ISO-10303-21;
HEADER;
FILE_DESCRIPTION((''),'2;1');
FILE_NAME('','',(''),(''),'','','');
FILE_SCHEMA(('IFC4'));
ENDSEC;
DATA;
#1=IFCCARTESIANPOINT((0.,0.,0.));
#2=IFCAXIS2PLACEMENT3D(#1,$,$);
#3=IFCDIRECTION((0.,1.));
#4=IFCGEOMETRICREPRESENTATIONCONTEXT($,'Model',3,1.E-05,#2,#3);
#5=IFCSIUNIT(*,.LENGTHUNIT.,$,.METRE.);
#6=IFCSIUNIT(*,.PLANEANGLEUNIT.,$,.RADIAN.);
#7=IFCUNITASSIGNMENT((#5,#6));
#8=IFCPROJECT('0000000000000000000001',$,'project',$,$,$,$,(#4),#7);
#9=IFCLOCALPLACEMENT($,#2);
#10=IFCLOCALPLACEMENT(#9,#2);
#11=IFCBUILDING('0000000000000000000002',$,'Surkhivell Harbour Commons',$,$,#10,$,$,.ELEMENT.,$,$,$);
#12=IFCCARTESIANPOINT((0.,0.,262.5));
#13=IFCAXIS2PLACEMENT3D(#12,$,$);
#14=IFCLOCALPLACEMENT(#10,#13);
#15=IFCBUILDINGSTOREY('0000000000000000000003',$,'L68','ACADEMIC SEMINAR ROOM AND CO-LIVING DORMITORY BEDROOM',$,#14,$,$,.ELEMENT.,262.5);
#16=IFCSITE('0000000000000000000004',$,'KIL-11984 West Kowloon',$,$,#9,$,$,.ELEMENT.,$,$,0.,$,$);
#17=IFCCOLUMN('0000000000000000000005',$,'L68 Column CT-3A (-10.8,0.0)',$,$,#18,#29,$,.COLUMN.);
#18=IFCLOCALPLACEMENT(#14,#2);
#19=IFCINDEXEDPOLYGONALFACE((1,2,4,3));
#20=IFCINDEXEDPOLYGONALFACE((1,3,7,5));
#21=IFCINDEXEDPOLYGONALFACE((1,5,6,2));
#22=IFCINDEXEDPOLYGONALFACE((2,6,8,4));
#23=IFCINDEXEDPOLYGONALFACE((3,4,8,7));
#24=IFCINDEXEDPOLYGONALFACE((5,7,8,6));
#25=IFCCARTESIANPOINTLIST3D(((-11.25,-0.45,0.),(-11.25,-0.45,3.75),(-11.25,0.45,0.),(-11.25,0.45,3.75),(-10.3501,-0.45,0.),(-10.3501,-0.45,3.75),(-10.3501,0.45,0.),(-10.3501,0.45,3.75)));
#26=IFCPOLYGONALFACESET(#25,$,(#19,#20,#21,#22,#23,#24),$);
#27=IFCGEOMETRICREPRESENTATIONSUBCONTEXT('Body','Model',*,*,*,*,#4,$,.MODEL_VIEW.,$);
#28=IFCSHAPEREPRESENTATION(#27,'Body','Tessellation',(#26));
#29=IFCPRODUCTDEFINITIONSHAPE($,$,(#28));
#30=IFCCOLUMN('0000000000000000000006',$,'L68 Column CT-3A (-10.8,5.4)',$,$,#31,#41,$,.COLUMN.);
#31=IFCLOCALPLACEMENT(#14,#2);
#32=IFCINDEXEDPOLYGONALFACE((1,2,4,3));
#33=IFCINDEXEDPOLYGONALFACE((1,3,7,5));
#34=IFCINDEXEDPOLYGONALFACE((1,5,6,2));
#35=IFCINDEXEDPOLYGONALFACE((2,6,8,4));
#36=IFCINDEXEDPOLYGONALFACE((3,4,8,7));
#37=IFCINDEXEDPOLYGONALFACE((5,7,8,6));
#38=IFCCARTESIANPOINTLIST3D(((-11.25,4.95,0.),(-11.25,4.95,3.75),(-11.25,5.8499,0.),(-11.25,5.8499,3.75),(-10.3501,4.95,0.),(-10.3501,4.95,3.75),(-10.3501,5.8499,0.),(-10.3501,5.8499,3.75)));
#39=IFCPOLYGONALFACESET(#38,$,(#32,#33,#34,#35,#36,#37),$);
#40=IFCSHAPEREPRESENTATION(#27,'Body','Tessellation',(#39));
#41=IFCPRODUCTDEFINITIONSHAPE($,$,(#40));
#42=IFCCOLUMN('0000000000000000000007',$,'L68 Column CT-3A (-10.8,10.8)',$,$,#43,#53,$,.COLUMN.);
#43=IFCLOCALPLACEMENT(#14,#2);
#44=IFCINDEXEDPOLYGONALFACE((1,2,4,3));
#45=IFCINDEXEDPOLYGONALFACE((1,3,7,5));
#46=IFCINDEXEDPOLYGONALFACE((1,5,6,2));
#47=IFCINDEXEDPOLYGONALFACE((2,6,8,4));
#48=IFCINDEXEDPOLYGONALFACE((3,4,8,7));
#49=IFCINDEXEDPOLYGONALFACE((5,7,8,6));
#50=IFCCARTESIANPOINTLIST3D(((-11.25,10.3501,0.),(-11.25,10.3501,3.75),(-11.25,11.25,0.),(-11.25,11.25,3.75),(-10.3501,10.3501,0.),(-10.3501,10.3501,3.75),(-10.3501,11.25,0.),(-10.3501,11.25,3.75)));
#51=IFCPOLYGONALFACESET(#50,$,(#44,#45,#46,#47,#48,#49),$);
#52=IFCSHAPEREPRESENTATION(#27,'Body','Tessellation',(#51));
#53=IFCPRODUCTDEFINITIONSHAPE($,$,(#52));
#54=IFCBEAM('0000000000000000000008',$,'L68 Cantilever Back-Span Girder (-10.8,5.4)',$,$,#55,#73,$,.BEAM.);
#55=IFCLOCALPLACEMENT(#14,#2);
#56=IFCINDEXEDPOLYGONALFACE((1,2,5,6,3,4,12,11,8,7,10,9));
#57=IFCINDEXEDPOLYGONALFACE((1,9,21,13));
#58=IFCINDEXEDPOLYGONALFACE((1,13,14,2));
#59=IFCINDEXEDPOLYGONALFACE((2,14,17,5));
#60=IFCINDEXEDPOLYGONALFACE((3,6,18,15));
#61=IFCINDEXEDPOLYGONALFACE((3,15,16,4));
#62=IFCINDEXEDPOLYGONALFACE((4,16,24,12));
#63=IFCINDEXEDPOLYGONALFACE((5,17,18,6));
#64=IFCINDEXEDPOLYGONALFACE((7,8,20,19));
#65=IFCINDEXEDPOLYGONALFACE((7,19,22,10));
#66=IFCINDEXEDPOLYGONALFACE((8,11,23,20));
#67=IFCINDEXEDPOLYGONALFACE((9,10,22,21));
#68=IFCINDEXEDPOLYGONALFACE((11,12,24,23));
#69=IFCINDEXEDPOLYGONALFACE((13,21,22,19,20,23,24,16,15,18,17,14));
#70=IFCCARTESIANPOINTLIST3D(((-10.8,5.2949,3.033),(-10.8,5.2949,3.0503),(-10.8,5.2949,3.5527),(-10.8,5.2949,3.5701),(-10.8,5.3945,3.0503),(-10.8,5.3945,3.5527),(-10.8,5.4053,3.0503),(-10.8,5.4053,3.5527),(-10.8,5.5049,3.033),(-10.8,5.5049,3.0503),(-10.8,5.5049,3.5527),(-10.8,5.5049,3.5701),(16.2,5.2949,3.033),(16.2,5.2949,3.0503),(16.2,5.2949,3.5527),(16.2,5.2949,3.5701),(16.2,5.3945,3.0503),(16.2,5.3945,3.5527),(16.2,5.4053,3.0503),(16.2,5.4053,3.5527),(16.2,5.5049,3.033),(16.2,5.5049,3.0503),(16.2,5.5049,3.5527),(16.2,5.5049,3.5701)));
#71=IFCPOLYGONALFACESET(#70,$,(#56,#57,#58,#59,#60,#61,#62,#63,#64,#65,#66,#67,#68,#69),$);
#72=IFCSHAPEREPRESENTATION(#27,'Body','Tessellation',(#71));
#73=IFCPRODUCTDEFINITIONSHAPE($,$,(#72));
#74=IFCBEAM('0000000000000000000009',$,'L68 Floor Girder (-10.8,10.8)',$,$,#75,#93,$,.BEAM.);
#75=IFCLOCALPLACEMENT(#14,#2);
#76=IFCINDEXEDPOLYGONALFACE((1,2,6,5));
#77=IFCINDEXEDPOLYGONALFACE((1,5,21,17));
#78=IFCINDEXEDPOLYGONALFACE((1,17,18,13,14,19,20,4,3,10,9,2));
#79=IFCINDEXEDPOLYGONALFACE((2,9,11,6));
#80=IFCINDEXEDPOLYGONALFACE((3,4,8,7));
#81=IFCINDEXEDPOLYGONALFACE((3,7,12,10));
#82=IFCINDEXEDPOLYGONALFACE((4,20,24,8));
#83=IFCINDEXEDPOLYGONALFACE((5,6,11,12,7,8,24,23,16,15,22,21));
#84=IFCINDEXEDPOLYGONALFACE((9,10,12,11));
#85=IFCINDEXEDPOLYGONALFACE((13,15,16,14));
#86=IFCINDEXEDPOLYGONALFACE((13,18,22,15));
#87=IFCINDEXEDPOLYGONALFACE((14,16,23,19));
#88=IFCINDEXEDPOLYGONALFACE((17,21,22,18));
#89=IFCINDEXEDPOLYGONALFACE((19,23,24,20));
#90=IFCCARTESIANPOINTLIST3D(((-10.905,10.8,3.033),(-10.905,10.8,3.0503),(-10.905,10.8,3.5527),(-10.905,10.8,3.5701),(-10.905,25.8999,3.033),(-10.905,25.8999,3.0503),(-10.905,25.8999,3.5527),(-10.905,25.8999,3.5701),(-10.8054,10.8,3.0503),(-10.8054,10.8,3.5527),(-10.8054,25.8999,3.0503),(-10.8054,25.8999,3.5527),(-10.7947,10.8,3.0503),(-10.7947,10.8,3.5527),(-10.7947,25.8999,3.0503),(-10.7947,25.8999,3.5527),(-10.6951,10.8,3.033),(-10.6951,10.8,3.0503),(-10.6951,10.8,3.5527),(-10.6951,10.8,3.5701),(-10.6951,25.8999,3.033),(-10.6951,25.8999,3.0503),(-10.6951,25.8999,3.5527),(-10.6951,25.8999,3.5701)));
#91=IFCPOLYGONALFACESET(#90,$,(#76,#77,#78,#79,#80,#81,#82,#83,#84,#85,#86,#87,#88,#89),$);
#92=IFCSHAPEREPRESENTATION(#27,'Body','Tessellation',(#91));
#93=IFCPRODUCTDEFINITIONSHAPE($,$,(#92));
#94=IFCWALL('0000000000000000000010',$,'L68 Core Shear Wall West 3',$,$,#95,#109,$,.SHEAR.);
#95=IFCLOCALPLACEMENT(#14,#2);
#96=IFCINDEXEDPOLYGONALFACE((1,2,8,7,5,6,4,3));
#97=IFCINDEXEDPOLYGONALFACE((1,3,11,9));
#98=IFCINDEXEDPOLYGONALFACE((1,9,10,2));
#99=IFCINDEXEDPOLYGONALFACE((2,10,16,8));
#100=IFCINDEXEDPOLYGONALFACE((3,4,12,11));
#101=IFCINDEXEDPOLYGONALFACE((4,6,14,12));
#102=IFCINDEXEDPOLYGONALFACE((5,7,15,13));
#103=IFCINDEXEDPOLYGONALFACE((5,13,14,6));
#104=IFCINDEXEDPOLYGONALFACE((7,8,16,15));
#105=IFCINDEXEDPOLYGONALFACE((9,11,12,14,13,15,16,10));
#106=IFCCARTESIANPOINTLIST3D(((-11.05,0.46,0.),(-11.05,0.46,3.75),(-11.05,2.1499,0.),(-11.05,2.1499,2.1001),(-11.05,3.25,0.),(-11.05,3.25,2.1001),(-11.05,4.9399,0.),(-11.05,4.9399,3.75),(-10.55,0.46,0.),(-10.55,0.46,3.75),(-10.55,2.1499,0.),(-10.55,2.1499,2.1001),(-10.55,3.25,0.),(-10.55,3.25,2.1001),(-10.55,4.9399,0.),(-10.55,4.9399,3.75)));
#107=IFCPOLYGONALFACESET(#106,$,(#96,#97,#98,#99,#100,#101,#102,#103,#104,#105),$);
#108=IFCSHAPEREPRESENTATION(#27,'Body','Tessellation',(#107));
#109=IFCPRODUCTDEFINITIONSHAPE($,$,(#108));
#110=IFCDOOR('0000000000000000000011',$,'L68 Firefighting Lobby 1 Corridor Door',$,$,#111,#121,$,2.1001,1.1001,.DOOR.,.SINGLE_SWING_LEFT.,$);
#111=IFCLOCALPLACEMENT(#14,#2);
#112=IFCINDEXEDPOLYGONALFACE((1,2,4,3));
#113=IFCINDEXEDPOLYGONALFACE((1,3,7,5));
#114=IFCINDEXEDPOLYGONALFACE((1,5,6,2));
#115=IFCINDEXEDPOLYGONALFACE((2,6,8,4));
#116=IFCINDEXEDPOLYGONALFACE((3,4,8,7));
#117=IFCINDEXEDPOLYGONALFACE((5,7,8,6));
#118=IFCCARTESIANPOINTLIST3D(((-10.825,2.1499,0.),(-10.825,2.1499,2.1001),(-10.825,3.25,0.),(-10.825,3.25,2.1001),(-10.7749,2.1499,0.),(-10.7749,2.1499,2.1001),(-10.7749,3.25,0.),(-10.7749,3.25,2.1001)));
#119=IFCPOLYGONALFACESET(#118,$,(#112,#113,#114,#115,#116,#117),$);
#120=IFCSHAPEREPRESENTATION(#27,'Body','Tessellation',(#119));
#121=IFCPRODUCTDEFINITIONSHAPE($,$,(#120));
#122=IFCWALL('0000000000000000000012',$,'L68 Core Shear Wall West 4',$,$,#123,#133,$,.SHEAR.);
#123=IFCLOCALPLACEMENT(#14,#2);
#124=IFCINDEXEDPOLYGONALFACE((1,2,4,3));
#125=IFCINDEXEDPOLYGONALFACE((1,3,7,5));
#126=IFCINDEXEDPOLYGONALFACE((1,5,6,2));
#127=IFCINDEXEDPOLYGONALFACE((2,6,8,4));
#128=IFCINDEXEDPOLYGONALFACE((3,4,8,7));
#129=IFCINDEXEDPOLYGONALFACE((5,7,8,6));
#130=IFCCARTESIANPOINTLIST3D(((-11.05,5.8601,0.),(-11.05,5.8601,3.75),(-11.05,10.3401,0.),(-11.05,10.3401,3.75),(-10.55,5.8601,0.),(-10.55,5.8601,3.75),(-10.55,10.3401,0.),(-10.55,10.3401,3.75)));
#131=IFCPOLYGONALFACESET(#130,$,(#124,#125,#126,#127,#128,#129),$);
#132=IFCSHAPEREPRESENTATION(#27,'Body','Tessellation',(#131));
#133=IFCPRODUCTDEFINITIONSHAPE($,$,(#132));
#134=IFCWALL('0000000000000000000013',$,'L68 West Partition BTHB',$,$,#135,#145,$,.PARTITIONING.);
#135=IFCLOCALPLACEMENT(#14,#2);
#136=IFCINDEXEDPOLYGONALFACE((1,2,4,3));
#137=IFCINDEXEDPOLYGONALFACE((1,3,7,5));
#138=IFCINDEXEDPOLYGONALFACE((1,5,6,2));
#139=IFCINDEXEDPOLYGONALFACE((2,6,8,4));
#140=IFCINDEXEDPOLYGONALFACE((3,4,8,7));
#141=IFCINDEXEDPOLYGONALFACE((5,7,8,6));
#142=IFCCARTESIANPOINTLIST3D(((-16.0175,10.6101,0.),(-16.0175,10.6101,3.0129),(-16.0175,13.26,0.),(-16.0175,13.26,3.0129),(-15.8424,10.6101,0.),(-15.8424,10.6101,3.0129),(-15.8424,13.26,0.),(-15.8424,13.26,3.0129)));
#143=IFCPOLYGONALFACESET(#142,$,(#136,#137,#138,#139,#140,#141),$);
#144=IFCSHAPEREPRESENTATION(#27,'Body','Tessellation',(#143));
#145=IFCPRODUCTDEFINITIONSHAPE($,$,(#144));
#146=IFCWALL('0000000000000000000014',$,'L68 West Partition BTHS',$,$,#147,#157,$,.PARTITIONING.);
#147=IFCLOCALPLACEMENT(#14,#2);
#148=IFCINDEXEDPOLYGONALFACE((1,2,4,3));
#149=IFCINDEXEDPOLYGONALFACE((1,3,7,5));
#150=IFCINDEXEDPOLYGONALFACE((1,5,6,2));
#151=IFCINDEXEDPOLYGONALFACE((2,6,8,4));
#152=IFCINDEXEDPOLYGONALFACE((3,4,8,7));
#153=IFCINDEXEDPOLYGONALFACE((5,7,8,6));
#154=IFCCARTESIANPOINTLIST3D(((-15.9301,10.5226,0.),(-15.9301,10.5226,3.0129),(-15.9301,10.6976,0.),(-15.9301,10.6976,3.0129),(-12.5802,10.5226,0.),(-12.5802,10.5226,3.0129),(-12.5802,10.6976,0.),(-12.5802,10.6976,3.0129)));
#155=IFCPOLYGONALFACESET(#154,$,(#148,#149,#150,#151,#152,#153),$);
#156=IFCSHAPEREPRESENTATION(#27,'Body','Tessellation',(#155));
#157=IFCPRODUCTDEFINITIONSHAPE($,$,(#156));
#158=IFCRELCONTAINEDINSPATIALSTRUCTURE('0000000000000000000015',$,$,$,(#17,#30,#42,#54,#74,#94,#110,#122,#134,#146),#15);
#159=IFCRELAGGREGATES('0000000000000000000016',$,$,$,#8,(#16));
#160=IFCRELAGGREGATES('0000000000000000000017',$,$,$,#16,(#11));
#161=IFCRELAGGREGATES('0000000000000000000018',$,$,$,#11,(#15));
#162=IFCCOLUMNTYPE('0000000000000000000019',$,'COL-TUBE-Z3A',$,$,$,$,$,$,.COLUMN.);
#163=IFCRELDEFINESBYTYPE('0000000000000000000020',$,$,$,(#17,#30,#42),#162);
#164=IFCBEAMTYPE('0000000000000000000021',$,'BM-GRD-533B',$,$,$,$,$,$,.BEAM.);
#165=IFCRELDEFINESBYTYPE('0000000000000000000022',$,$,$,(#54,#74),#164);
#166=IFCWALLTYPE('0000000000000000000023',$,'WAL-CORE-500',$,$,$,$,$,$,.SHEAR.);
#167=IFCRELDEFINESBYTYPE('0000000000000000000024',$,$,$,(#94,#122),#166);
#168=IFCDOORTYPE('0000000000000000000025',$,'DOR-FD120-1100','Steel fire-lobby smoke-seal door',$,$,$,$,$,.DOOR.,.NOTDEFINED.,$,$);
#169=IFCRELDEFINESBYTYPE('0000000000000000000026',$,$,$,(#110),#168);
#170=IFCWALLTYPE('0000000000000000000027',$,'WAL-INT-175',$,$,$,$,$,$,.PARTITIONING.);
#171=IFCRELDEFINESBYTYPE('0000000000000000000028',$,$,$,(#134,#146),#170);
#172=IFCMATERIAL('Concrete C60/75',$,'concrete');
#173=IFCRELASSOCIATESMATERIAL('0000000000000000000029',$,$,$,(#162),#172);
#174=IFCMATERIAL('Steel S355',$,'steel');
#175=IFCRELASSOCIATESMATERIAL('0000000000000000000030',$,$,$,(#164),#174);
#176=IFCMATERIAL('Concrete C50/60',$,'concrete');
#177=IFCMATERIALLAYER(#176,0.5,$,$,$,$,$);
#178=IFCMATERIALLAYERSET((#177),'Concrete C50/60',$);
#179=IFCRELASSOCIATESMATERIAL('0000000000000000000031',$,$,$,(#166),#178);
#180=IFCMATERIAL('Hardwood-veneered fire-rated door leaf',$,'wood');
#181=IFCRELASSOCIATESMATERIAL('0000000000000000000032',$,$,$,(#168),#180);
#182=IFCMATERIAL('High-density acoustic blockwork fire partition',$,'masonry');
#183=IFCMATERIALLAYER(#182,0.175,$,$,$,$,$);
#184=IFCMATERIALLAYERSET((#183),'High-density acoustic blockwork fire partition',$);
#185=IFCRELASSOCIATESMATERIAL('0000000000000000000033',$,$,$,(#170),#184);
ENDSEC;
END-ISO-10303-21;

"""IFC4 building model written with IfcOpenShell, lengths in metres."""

from ifc_helpers import new_model, si_unit, direction, frame, frame_2d, origin, origin_2d, place, context, subcontext, project, spatial, rectangle, i_section, extrude, material, layer, layer_set, material_profile, profile_set, type_object, element, fill, save


model = new_model("IFC4")

# Units and contexts
model_context = context("Model", 3, precision=1e-05, world=origin(), true_north=direction((0.0, 1.0)))
body_context = subcontext(model_context, "Body", "Model", "MODEL_VIEW")
ifc_project = project(units=[si_unit("LENGTHUNIT", "METRE"), si_unit("PLANEANGLEUNIT", "RADIAN")], contexts=[model_context])

# Site, building, storey
site_placement = place(None, origin())
site = spatial("IfcSite", under=ifc_project, at=site_placement, Name="KIL-11984 West Kowloon", CompositionType="ELEMENT", RefElevation=0.0)
building_placement = place(site_placement, origin())
building = spatial("IfcBuilding", under=site, at=building_placement, Name="Surkhivell Harbour Commons", CompositionType="ELEMENT")
storey_placement = place(building_placement, frame((0.0, 0.0, 262.5)))
storey = spatial("IfcBuildingStorey", under=building, at=storey_placement, Name="L68", Description="ACADEMIC SEMINAR ROOM AND CO-LIVING DORMITORY BEDROOM", CompositionType="ELEMENT", Elevation=262.5)

# Columns
ifc_material_1 = material(Name="Concrete C60/75", Category="concrete")
ifc_material_profile_1 = material_profile(ifc_material_1, rectangle(XDim=0.8999, YDim=0.8999, at=origin_2d()), Name="RC-COL-900x900")
ifc_profile_set_1 = profile_set([ifc_material_profile_1], Name="Concrete C60/75")
column_type = type_object("IfcColumnType", Name="COL-TUBE-Z3A", PredefinedType="COLUMN", material=ifc_profile_set_1)
for number, where, z_axis, x_axis, name in (
    (1, (-10.8, 0.0, 0.0), (0.0, 0.0, 1.0), (1.0, 0.0, 0.0), "L68 Column CT-3A (-10.8,0.0)"),
    (2, (-10.8, 5.3999, 0.0), (0.0, 0.0, 1.0), (1.0, 0.0, 0.0), "L68 Column CT-3A (-10.8,5.4)"),
    (3, (-10.8, 10.8, 0.0), (0.0, 0.0, 1.0), (1.0, 0.0, 0.0), "L68 Column CT-3A (-10.8,10.8)"),
):
    element("IfcColumn", number, at=place(storey_placement, frame(where, z_axis=z_axis, x_axis=x_axis)), inside=storey, type_object=column_type, Name=name, PredefinedType="COLUMN", context=body_context, shape_type="SweptSolid", body=[
        extrude(rectangle(XDim=0.8999, YDim=0.8999, at=origin_2d()), origin(), (0.0, 0.0, 1.0), 3.75),
    ])

# Beams
ifc_material_2 = material(Name="Steel S355", Category="steel")
ifc_material_profile_2 = material_profile(ifc_material_2, i_section(OverallWidth=0.21, OverallDepth=0.5371, WebThickness=0.0107, FlangeThickness=0.0173, at=origin_2d()), Name="UB533x210x101")
ifc_profile_set_2 = profile_set([ifc_material_profile_2], Name="Steel S355")
beam_type = type_object("IfcBeamType", Name="BM-GRD-533B", PredefinedType="BEAM", material=ifc_profile_set_2)
beam_1_placement = place(storey_placement, frame((-10.8, 5.3999, 3.3015), z_axis=(1.0, 0.0, 0.0), x_axis=(0.0, 1.0, 0.0)))
element("IfcBeam", 4, at=beam_1_placement, inside=storey, type_object=beam_type, Name="L68 Cantilever Back-Span Girder (-10.8,5.4)", PredefinedType="BEAM", context=body_context, shape_type="SweptSolid", body=[
    extrude(i_section(OverallWidth=0.21, OverallDepth=0.5371, WebThickness=0.0107, FlangeThickness=0.0173, at=origin_2d()), origin(), (0.0, 0.0, 1.0), 27.0),
])
beam_2_placement = place(storey_placement, frame((-10.8, 10.8, 3.3015), z_axis=(0.0, 1.0, 0.0), x_axis=(-1.0, 0.0, 0.0)))
element("IfcBeam", 5, at=beam_2_placement, inside=storey, type_object=beam_type, Name="L68 Floor Girder (-10.8,10.8)", PredefinedType="BEAM", context=body_context, shape_type="SweptSolid", body=[
    extrude(i_section(OverallWidth=0.21, OverallDepth=0.5371, WebThickness=0.0107, FlangeThickness=0.0173, at=origin_2d()), origin(), (0.0, 0.0, 1.0), 15.0999),
])

# Wall, opening, door
ifc_material_3 = material(Name="Concrete C50/60", Category="concrete")
ifc_layer_1 = layer(ifc_material_3, 0.5)
ifc_layer_set_1 = layer_set([ifc_layer_1], Name="Concrete C50/60")
wall_type_1 = type_object("IfcWallType", Name="WAL-CORE-500", PredefinedType="SHEAR", material=ifc_layer_set_1)
wall_1_placement = place(storey_placement, frame((-10.8, 0.46, 0.0), z_axis=(0.0, 0.0, 1.0), x_axis=(0.0, 1.0, 0.0)))
wall_1 = element("IfcWall", 6, at=wall_1_placement, inside=storey, type_object=wall_type_1, Name="L68 Core Shear Wall West 3", PredefinedType="SHEAR", context=body_context, shape_type="SweptSolid", body=[
    extrude(rectangle(XDim=4.48, YDim=0.5, at=frame_2d((2.24, 0.0))), origin(), (0.0, 0.0, 1.0), 3.75),
])
opening_1_placement = place(wall_1_placement, frame((1.6899, 0.0, 0.0)))
opening_1 = element("IfcOpeningElement", 7, at=opening_1_placement, cuts=wall_1, PredefinedType="OPENING", context=body_context, shape_type="SweptSolid", body=[
    extrude(rectangle(XDim=1.1001, YDim=2.1001, at=frame_2d((0.55, 1.05))), frame((0.0, 0.26, 0.0), z_axis=(0.0, -1.0, 0.0), x_axis=(1.0, 0.0, 0.0)), (0.0, 0.0, 1.0), 0.52),
])
ifc_material_4 = material(Name="Hardwood-veneered fire-rated door leaf", Category="wood")
door_type_1 = type_object("IfcDoorType", Name="DOR-FD120-1100", Description="Steel fire-lobby smoke-seal door", OperationType="NOTDEFINED", PredefinedType="DOOR", material=ifc_material_4)
door_1_placement = place(opening_1_placement, origin())
door_1 = element("IfcDoor", 8, at=door_1_placement, inside=storey, type_object=door_type_1, Name="L68 Firefighting Lobby 1 Corridor Door", OperationType="SINGLE_SWING_LEFT", OverallHeight=2.1001, OverallWidth=1.1001, PredefinedType="DOOR", context=body_context, shape_type="SweptSolid", body=[
    extrude(rectangle(XDim=1.1001, YDim=2.1001, at=frame_2d((0.55, 1.05))), frame((0.0, 0.0249, 0.0), z_axis=(0.0, -1.0, 0.0), x_axis=(1.0, 0.0, 0.0)), (0.0, 0.0, 1.0), 0.05),
])
fill(opening_1, door_1)

# Walls
wall_2_placement = place(storey_placement, frame((-10.8, 5.8601, 0.0), z_axis=(0.0, 0.0, 1.0), x_axis=(0.0, 1.0, 0.0)))
element("IfcWall", 9, at=wall_2_placement, inside=storey, type_object=wall_type_1, Name="L68 Core Shear Wall West 4", PredefinedType="SHEAR", context=body_context, shape_type="SweptSolid", body=[
    extrude(rectangle(XDim=4.48, YDim=0.5, at=frame_2d((2.24, 0.0))), origin(), (0.0, 0.0, 1.0), 3.75),
])
ifc_material_5 = material(Name="High-density acoustic blockwork fire partition", Category="masonry")
ifc_layer_2 = layer(ifc_material_5, 0.175)
ifc_layer_set_2 = layer_set([ifc_layer_2], Name="High-density acoustic blockwork fire partition")
wall_type_2 = type_object("IfcWallType", Name="WAL-INT-175", PredefinedType="PARTITIONING", material=ifc_layer_set_2)
wall_3_placement = place(storey_placement, frame((-15.9299, 10.6101, 0.0), z_axis=(0.0, 0.0, 1.0), x_axis=(0.0, 1.0, 0.0)))
element("IfcWall", 10, at=wall_3_placement, inside=storey, type_object=wall_type_2, Name="L68 West Partition BTHB", PredefinedType="PARTITIONING", context=body_context, shape_type="SweptSolid", body=[
    extrude(rectangle(XDim=2.6499, YDim=0.175, at=frame_2d((1.325, 0.0))), origin(), (0.0, 0.0, 1.0), 3.0129),
])
wall_4_placement = place(storey_placement, frame((-15.9299, 10.6101, 0.0), z_axis=(0.0, 0.0, 1.0), x_axis=(1.0, 0.0, 0.0)))
element("IfcWall", 11, at=wall_4_placement, inside=storey, type_object=wall_type_2, Name="L68 West Partition BTHS", PredefinedType="PARTITIONING", context=body_context, shape_type="SweptSolid", body=[
    extrude(rectangle(XDim=3.3499, YDim=0.175, at=frame_2d((1.6748, 0.0))), origin(), (0.0, 0.0, 1.0), 3.0129),
])

save(model, "model.ifc")
